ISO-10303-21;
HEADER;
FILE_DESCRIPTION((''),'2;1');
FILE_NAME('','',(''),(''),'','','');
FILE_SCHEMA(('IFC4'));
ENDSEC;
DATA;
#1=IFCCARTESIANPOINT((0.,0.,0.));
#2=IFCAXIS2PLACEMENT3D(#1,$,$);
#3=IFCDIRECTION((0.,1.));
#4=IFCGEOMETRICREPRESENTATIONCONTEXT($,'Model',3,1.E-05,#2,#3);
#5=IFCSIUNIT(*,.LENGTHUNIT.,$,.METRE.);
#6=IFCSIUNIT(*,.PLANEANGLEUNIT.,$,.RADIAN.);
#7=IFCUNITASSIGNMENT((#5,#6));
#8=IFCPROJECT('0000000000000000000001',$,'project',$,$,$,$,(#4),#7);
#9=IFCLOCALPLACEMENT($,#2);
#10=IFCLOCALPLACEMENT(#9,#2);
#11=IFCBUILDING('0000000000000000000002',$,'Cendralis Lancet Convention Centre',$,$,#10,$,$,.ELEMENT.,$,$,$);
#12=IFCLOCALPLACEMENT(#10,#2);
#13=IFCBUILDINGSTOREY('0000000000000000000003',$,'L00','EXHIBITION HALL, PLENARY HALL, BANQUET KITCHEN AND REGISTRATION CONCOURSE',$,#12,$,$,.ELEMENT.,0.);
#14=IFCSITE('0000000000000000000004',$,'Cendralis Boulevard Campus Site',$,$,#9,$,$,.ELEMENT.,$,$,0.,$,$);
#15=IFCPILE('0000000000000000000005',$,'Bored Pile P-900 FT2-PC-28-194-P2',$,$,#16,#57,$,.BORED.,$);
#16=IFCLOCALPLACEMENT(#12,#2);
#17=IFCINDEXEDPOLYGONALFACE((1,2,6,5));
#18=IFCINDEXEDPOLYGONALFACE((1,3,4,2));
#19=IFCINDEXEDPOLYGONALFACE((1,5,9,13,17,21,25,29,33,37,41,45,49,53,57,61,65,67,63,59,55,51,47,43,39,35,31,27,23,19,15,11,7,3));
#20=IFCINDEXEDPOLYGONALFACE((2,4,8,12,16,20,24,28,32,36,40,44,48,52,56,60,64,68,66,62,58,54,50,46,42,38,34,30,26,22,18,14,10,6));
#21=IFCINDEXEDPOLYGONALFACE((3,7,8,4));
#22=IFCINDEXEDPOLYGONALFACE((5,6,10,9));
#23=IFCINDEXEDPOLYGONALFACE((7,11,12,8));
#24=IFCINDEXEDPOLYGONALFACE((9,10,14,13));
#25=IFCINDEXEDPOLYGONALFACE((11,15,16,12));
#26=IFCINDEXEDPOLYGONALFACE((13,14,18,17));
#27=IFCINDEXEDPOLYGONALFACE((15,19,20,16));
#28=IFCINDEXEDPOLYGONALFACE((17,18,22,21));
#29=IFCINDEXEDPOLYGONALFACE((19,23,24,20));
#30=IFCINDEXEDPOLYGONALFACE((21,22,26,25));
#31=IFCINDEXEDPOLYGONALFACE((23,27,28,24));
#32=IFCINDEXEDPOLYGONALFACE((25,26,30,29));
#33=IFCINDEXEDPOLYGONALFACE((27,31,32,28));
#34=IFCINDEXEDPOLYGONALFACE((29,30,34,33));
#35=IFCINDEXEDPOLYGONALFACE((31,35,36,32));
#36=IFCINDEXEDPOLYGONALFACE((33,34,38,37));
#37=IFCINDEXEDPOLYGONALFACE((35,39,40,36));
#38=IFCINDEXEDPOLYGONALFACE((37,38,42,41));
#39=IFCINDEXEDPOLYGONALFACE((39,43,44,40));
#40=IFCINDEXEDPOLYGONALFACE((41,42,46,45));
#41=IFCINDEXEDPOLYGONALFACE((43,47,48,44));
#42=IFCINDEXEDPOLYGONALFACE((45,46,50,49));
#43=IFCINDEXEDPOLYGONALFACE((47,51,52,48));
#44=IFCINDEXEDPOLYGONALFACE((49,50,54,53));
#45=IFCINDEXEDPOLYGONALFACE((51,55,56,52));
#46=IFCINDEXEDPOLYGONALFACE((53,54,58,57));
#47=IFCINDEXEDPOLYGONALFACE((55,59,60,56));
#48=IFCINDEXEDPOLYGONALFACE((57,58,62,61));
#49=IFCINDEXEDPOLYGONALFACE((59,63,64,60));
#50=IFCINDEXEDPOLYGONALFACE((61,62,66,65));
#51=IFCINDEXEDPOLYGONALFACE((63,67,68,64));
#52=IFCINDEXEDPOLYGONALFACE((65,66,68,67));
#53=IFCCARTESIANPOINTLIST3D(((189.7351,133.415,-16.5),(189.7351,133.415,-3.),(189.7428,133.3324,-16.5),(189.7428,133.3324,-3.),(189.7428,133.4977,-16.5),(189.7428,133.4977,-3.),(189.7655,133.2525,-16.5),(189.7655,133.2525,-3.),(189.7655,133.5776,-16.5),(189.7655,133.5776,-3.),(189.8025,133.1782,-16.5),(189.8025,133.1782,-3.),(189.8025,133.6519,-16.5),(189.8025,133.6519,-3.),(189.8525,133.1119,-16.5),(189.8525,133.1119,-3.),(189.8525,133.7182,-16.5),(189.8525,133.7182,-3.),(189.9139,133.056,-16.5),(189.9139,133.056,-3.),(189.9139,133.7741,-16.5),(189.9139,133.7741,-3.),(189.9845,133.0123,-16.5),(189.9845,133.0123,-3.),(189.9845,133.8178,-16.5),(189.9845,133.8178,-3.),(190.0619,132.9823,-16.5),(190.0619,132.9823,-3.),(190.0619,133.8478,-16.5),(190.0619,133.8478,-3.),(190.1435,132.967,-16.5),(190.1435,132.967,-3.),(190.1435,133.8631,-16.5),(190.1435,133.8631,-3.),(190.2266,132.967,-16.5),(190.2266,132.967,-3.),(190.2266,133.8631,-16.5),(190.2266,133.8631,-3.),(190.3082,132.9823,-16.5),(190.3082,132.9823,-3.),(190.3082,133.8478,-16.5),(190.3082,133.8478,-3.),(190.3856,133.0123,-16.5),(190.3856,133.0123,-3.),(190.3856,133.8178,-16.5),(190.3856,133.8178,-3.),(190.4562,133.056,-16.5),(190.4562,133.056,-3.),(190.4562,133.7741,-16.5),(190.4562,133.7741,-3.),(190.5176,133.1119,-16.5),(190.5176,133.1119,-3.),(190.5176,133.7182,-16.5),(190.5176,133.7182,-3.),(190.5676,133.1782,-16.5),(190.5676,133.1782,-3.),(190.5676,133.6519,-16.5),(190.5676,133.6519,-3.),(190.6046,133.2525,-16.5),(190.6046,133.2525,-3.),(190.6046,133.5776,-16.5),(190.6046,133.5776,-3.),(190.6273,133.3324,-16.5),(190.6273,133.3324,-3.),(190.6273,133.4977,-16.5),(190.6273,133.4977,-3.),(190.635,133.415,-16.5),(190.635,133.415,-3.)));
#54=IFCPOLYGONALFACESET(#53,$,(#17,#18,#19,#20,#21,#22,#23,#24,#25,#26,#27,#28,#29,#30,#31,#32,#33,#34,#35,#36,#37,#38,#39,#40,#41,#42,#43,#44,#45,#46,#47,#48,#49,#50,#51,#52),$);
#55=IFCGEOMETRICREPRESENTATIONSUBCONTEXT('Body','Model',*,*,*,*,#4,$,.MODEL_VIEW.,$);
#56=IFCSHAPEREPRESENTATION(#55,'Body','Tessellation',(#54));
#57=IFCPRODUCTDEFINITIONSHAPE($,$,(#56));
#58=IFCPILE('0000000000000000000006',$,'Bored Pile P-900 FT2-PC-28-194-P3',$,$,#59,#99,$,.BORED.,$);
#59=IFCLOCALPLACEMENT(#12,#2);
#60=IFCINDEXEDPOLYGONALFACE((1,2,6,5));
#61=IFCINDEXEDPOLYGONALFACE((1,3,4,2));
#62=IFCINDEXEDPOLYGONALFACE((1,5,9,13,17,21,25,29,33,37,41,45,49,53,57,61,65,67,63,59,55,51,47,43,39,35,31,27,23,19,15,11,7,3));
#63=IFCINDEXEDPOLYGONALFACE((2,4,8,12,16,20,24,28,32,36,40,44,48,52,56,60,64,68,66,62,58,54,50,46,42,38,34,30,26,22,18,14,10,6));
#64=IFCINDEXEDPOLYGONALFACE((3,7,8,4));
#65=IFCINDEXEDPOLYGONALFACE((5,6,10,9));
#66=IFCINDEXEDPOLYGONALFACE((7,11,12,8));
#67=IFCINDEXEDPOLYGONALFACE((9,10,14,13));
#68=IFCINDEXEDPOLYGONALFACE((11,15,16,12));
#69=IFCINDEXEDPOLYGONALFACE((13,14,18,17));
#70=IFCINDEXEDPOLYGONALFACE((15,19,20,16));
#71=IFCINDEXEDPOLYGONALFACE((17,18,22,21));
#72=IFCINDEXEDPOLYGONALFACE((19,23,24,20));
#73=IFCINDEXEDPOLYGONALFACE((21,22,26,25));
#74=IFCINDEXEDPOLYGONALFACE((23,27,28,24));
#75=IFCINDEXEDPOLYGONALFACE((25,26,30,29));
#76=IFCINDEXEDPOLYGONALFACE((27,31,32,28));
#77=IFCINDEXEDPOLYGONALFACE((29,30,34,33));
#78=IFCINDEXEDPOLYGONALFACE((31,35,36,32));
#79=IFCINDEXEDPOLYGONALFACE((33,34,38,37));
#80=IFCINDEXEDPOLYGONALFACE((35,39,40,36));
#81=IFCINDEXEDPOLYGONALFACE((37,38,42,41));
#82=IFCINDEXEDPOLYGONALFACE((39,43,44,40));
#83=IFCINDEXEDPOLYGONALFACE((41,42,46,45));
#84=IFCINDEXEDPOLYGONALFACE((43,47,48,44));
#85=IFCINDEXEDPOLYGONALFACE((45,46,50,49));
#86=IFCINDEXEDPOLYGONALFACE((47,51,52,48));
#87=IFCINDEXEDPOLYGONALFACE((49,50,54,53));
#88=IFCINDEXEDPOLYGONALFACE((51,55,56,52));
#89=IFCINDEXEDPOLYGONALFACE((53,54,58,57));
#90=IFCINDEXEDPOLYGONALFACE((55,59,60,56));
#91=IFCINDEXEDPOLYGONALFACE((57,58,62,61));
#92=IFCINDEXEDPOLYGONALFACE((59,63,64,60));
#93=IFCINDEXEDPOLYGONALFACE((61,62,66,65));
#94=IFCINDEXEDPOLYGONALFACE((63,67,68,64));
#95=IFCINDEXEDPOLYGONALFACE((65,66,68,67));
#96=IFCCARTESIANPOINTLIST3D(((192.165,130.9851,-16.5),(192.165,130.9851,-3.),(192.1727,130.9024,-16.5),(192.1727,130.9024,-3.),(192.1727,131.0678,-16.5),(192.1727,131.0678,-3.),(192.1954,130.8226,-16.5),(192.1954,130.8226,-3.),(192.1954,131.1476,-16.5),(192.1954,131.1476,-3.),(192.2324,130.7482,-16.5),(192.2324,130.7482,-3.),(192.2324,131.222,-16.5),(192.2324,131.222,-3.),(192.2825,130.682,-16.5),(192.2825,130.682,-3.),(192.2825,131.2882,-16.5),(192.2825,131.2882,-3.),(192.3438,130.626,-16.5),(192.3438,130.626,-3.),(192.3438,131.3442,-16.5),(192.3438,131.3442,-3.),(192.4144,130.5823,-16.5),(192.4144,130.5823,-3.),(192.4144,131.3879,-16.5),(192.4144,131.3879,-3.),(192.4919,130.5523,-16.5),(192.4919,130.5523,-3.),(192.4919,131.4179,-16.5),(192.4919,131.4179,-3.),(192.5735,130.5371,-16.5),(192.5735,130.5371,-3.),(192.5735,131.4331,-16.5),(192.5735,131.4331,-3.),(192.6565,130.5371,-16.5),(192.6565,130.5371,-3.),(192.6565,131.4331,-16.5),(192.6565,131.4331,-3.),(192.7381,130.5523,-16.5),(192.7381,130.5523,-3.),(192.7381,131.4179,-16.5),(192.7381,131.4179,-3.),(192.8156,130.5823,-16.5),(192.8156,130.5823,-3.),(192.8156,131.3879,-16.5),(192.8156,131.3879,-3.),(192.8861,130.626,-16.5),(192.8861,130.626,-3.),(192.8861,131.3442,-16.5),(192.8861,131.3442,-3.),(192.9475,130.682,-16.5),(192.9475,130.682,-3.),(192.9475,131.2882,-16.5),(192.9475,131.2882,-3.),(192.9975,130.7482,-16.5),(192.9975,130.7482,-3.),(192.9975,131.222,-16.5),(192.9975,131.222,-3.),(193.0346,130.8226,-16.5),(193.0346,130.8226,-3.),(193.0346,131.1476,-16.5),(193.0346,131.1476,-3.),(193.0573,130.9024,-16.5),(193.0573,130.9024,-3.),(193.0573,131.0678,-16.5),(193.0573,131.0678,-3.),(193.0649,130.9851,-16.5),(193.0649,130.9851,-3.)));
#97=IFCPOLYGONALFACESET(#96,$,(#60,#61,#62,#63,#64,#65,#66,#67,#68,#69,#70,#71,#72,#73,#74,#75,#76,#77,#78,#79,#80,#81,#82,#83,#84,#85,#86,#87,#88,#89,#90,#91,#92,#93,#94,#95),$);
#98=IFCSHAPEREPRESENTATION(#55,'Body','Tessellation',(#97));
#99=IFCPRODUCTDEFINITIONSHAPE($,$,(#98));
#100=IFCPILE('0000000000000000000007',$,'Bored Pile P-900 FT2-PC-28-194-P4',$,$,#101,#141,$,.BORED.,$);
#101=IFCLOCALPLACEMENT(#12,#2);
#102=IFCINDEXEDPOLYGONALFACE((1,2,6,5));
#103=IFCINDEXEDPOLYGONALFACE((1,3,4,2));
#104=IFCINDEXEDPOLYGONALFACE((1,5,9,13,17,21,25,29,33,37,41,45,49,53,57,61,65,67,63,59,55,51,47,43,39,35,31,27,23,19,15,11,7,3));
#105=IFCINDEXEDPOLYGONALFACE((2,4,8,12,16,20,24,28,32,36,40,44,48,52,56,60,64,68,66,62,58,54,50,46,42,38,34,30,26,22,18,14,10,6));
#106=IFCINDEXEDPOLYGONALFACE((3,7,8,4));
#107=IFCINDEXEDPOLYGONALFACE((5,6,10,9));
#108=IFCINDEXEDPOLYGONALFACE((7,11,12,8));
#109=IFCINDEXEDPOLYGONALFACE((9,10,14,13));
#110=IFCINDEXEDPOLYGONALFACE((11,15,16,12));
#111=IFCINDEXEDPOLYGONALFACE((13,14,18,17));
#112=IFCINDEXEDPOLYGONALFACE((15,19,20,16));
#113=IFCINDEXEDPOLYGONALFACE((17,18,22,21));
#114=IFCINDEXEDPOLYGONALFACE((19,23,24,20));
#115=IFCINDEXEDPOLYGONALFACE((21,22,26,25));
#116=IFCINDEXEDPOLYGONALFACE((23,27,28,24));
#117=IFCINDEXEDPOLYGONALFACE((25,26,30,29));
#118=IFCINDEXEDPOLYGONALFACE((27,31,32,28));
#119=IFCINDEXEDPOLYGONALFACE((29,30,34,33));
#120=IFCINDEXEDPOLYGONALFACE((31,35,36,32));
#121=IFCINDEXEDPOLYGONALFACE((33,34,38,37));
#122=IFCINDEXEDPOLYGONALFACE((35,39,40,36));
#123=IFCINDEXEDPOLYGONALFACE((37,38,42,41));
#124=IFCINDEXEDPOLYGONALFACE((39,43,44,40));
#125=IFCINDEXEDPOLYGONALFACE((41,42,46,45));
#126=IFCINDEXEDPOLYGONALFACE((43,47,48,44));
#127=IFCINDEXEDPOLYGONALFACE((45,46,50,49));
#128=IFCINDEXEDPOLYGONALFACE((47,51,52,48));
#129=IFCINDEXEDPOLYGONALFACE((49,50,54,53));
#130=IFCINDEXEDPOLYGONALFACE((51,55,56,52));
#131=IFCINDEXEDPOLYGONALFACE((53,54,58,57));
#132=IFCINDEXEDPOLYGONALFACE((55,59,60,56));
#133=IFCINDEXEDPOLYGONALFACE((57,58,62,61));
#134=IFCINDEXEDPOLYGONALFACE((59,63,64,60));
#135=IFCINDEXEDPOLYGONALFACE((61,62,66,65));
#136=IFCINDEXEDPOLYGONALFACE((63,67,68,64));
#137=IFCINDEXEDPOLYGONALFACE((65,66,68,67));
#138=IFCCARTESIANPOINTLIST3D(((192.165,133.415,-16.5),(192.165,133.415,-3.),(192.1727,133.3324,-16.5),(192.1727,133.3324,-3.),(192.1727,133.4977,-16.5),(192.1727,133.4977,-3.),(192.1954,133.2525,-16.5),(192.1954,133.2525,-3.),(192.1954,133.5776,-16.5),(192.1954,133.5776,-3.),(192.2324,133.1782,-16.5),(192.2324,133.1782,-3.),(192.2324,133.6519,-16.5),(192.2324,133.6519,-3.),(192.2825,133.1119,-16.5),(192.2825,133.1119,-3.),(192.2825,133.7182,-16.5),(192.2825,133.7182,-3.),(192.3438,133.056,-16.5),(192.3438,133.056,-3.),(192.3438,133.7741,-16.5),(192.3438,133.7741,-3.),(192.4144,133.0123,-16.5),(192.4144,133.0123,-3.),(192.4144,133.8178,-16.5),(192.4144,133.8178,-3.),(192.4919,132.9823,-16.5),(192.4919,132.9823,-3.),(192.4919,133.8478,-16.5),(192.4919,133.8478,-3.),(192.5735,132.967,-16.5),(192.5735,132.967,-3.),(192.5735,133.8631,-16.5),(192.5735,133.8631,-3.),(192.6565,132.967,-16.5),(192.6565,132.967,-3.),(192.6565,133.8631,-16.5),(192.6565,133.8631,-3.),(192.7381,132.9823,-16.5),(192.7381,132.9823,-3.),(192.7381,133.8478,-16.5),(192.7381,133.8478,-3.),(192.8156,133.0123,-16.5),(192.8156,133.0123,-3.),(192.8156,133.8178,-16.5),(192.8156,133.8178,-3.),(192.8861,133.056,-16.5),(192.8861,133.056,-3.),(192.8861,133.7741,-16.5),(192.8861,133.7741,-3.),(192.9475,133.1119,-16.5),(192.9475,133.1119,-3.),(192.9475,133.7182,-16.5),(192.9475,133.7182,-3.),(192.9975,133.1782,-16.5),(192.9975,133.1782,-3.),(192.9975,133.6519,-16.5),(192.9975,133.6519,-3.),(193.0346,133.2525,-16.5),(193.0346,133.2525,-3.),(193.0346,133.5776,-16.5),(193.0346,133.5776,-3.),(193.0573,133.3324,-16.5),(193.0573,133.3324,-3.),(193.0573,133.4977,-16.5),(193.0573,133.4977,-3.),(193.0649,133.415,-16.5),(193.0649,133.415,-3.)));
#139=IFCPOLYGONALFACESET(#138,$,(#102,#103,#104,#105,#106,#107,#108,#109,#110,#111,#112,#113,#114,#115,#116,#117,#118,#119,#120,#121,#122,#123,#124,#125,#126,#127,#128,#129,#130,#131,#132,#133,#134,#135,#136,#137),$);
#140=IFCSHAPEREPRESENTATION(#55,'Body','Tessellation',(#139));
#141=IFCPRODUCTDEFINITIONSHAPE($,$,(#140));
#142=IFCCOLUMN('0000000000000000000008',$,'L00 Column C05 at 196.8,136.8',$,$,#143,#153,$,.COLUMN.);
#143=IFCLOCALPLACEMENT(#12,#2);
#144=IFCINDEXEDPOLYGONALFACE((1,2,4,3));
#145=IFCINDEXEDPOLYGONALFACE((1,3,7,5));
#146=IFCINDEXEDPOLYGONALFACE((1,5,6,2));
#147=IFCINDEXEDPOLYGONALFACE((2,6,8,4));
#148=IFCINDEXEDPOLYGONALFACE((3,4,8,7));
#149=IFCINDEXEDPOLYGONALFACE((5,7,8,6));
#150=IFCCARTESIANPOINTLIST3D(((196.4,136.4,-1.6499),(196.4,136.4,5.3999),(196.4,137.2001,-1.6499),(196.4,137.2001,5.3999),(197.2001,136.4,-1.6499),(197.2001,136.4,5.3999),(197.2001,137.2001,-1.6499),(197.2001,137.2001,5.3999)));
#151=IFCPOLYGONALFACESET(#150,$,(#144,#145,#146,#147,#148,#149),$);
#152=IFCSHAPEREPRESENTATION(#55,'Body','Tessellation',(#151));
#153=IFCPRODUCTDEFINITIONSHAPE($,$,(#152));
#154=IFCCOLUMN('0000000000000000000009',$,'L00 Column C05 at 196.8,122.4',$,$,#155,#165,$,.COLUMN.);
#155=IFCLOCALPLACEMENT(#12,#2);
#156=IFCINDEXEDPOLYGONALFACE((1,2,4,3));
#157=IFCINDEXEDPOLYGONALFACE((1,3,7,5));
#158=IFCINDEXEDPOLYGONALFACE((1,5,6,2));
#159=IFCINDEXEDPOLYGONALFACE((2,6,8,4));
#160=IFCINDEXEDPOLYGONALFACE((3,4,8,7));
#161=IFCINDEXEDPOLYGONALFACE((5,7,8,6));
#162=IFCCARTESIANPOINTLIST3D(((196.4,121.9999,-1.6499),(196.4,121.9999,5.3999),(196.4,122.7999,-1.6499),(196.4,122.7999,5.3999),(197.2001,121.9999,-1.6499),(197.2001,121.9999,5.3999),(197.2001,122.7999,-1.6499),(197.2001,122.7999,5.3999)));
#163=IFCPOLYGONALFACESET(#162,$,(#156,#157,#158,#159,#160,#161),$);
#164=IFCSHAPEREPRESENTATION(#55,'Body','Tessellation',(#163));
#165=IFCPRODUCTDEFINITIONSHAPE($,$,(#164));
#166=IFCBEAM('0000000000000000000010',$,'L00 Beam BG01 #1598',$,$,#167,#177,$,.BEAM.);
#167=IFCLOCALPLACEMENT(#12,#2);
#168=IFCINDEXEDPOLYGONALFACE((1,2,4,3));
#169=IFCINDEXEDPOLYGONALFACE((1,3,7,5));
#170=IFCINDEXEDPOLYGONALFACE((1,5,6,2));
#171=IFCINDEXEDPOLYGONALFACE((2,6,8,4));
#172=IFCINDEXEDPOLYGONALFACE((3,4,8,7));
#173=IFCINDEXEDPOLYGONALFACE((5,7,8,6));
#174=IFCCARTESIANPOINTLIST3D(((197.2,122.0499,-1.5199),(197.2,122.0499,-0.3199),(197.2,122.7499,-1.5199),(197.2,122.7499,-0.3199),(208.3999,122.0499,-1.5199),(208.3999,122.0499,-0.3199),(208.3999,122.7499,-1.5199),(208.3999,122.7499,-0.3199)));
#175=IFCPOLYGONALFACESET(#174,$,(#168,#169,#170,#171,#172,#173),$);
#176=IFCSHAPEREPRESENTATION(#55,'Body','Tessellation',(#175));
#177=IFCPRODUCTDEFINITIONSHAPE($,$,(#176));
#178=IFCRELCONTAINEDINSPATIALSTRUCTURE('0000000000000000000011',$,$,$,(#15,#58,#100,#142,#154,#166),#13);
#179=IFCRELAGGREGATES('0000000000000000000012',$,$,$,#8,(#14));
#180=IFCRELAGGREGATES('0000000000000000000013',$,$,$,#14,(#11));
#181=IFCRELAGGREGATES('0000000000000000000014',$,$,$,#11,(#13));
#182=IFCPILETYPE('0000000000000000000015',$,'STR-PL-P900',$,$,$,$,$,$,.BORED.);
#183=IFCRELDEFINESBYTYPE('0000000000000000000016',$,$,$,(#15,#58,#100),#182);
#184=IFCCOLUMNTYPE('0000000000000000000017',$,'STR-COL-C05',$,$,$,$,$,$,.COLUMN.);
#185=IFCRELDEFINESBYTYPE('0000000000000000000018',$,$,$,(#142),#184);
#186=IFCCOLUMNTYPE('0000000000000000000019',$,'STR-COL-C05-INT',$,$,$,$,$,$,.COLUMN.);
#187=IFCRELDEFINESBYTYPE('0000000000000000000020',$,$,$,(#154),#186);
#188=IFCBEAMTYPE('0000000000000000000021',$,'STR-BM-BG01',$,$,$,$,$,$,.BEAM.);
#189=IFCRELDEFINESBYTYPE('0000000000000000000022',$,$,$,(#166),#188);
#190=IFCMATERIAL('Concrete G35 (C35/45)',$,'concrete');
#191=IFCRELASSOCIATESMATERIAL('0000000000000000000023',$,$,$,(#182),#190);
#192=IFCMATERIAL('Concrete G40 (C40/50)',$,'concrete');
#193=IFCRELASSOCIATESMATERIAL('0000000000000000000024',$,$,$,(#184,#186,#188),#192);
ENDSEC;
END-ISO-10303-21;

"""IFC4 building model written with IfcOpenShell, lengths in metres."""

from ifc_helpers import new_model, si_unit, direction, frame, origin, origin_2d, place, context, subcontext, project, spatial, rectangle, circle, extrude, material, material_profile, profile_set, type_object, element, save


model = new_model("IFC4")

# Units and contexts
model_context = context("Model", 3, precision=1e-05, world=origin(), true_north=direction((0.0, 1.0)))
body_context = subcontext(model_context, "Body", "Model", "MODEL_VIEW")
ifc_project = project(units=[si_unit("LENGTHUNIT", "METRE"), si_unit("PLANEANGLEUNIT", "RADIAN")], contexts=[model_context])

# Site, building, storey
site_placement = place(None, origin())
site = spatial("IfcSite", under=ifc_project, at=site_placement, Name="Cendralis Boulevard Campus Site", CompositionType="ELEMENT", RefElevation=0.0)
building_placement = place(site_placement, origin())
building = spatial("IfcBuilding", under=site, at=building_placement, Name="Cendralis Lancet Convention Centre", CompositionType="ELEMENT")
storey_placement = place(building_placement, origin())
storey = spatial("IfcBuildingStorey", under=building, at=storey_placement, Name="L00", Description="EXHIBITION HALL, PLENARY HALL, BANQUET KITCHEN AND REGISTRATION CONCOURSE", CompositionType="ELEMENT", Elevation=0.0)

# Shared definitions
ifc_material_1 = material(Name="Concrete G35 (C35/45)", Category="concrete")

# Piles
ifc_material_profile_1 = material_profile(ifc_material_1, circle(Radius=0.45, at=origin_2d()), Name="BORED PILE D900")
ifc_profile_set_1 = profile_set([ifc_material_profile_1], Name="Concrete G35 (C35/45)")
pile_type_1 = type_object("IfcPileType", Name="STR-PL-P900", PredefinedType="BORED", material=ifc_profile_set_1)
for number, where, z_axis, x_axis, name in (
    (1, (190.1851, 133.415, -3.0), (0.0, 0.0, -1.0), (1.0, 0.0, 0.0), "Bored Pile P-900 FT2-PC-28-194-P2"),
    (2, (192.615, 130.9851, -3.0), (0.0, 0.0, -1.0), (1.0, 0.0, 0.0), "Bored Pile P-900 FT2-PC-28-194-P3"),
    (3, (192.615, 133.415, -3.0), (0.0, 0.0, -1.0), (1.0, 0.0, 0.0), "Bored Pile P-900 FT2-PC-28-194-P4"),
):
    element("IfcPile", number, at=place(storey_placement, frame(where, z_axis=z_axis, x_axis=x_axis)), inside=storey, type_object=pile_type_1, Name=name, PredefinedType="BORED", context=body_context, shape_type="SweptSolid", body=[
        extrude(circle(Radius=0.45, at=origin_2d()), origin(), (0.0, 0.0, 1.0), 13.5),
    ])

# Columns
ifc_material_2 = material(Name="Concrete G40 (C40/50)", Category="concrete")
ifc_material_profile_2 = material_profile(ifc_material_2, rectangle(XDim=0.8, YDim=0.8, at=origin_2d()), Name="RC 800x800")
ifc_profile_set_2 = profile_set([ifc_material_profile_2], Name="Concrete G40 (C40/50)")
column_type_1 = type_object("IfcColumnType", Name="STR-COL-C05", PredefinedType="COLUMN", material=ifc_profile_set_2)
column_1_placement = place(storey_placement, frame((196.8, 136.8, -1.6499), z_axis=(0.0, 0.0, 1.0), x_axis=(1.0, 0.0, 0.0)))
element("IfcColumn", 4, at=column_1_placement, inside=storey, type_object=column_type_1, Name="L00 Column C05 at 196.8,136.8", PredefinedType="COLUMN", context=body_context, shape_type="SweptSolid", body=[
    extrude(rectangle(XDim=0.8, YDim=0.8, at=origin_2d()), origin(), (0.0, 0.0, 1.0), 7.0498),
])
ifc_material_profile_3 = material_profile(ifc_material_2, rectangle(XDim=0.8, YDim=0.8, at=origin_2d()), Name="RC 800x800")
ifc_profile_set_3 = profile_set([ifc_material_profile_3], Name="Concrete G40 (C40/50)")
column_type_2 = type_object("IfcColumnType", Name="STR-COL-C05-INT", PredefinedType="COLUMN", material=ifc_profile_set_3)
column_2_placement = place(storey_placement, frame((196.8, 122.3999, -1.6499), z_axis=(0.0, 0.0, 1.0), x_axis=(1.0, 0.0, 0.0)))
element("IfcColumn", 5, at=column_2_placement, inside=storey, type_object=column_type_2, Name="L00 Column C05 at 196.8,122.4", PredefinedType="COLUMN", context=body_context, shape_type="SweptSolid", body=[
    extrude(rectangle(XDim=0.8, YDim=0.8, at=origin_2d()), origin(), (0.0, 0.0, 1.0), 7.0498),
])

# Beam
ifc_material_profile_4 = material_profile(ifc_material_2, rectangle(XDim=0.7, YDim=1.2, at=origin_2d()), Name="RCB 700x1200")
ifc_profile_set_4 = profile_set([ifc_material_profile_4], Name="Concrete G40 (C40/50)")
beam_type_1 = type_object("IfcBeamType", Name="STR-BM-BG01", PredefinedType="BEAM", material=ifc_profile_set_4)
beam_1_placement = place(storey_placement, frame((197.2, 122.3999, -0.9199), z_axis=(1.0, 0.0, 0.0), x_axis=(0.0, 1.0, 0.0)))
element("IfcBeam", 6, at=beam_1_placement, inside=storey, type_object=beam_type_1, Name="L00 Beam BG01 #1598", PredefinedType="BEAM", context=body_context, shape_type="SweptSolid", body=[
    extrude(rectangle(XDim=0.7, YDim=1.2, at=origin_2d()), origin(), (0.0, 0.0, 1.0), 11.2),
])

save(model, "model.ifc")
